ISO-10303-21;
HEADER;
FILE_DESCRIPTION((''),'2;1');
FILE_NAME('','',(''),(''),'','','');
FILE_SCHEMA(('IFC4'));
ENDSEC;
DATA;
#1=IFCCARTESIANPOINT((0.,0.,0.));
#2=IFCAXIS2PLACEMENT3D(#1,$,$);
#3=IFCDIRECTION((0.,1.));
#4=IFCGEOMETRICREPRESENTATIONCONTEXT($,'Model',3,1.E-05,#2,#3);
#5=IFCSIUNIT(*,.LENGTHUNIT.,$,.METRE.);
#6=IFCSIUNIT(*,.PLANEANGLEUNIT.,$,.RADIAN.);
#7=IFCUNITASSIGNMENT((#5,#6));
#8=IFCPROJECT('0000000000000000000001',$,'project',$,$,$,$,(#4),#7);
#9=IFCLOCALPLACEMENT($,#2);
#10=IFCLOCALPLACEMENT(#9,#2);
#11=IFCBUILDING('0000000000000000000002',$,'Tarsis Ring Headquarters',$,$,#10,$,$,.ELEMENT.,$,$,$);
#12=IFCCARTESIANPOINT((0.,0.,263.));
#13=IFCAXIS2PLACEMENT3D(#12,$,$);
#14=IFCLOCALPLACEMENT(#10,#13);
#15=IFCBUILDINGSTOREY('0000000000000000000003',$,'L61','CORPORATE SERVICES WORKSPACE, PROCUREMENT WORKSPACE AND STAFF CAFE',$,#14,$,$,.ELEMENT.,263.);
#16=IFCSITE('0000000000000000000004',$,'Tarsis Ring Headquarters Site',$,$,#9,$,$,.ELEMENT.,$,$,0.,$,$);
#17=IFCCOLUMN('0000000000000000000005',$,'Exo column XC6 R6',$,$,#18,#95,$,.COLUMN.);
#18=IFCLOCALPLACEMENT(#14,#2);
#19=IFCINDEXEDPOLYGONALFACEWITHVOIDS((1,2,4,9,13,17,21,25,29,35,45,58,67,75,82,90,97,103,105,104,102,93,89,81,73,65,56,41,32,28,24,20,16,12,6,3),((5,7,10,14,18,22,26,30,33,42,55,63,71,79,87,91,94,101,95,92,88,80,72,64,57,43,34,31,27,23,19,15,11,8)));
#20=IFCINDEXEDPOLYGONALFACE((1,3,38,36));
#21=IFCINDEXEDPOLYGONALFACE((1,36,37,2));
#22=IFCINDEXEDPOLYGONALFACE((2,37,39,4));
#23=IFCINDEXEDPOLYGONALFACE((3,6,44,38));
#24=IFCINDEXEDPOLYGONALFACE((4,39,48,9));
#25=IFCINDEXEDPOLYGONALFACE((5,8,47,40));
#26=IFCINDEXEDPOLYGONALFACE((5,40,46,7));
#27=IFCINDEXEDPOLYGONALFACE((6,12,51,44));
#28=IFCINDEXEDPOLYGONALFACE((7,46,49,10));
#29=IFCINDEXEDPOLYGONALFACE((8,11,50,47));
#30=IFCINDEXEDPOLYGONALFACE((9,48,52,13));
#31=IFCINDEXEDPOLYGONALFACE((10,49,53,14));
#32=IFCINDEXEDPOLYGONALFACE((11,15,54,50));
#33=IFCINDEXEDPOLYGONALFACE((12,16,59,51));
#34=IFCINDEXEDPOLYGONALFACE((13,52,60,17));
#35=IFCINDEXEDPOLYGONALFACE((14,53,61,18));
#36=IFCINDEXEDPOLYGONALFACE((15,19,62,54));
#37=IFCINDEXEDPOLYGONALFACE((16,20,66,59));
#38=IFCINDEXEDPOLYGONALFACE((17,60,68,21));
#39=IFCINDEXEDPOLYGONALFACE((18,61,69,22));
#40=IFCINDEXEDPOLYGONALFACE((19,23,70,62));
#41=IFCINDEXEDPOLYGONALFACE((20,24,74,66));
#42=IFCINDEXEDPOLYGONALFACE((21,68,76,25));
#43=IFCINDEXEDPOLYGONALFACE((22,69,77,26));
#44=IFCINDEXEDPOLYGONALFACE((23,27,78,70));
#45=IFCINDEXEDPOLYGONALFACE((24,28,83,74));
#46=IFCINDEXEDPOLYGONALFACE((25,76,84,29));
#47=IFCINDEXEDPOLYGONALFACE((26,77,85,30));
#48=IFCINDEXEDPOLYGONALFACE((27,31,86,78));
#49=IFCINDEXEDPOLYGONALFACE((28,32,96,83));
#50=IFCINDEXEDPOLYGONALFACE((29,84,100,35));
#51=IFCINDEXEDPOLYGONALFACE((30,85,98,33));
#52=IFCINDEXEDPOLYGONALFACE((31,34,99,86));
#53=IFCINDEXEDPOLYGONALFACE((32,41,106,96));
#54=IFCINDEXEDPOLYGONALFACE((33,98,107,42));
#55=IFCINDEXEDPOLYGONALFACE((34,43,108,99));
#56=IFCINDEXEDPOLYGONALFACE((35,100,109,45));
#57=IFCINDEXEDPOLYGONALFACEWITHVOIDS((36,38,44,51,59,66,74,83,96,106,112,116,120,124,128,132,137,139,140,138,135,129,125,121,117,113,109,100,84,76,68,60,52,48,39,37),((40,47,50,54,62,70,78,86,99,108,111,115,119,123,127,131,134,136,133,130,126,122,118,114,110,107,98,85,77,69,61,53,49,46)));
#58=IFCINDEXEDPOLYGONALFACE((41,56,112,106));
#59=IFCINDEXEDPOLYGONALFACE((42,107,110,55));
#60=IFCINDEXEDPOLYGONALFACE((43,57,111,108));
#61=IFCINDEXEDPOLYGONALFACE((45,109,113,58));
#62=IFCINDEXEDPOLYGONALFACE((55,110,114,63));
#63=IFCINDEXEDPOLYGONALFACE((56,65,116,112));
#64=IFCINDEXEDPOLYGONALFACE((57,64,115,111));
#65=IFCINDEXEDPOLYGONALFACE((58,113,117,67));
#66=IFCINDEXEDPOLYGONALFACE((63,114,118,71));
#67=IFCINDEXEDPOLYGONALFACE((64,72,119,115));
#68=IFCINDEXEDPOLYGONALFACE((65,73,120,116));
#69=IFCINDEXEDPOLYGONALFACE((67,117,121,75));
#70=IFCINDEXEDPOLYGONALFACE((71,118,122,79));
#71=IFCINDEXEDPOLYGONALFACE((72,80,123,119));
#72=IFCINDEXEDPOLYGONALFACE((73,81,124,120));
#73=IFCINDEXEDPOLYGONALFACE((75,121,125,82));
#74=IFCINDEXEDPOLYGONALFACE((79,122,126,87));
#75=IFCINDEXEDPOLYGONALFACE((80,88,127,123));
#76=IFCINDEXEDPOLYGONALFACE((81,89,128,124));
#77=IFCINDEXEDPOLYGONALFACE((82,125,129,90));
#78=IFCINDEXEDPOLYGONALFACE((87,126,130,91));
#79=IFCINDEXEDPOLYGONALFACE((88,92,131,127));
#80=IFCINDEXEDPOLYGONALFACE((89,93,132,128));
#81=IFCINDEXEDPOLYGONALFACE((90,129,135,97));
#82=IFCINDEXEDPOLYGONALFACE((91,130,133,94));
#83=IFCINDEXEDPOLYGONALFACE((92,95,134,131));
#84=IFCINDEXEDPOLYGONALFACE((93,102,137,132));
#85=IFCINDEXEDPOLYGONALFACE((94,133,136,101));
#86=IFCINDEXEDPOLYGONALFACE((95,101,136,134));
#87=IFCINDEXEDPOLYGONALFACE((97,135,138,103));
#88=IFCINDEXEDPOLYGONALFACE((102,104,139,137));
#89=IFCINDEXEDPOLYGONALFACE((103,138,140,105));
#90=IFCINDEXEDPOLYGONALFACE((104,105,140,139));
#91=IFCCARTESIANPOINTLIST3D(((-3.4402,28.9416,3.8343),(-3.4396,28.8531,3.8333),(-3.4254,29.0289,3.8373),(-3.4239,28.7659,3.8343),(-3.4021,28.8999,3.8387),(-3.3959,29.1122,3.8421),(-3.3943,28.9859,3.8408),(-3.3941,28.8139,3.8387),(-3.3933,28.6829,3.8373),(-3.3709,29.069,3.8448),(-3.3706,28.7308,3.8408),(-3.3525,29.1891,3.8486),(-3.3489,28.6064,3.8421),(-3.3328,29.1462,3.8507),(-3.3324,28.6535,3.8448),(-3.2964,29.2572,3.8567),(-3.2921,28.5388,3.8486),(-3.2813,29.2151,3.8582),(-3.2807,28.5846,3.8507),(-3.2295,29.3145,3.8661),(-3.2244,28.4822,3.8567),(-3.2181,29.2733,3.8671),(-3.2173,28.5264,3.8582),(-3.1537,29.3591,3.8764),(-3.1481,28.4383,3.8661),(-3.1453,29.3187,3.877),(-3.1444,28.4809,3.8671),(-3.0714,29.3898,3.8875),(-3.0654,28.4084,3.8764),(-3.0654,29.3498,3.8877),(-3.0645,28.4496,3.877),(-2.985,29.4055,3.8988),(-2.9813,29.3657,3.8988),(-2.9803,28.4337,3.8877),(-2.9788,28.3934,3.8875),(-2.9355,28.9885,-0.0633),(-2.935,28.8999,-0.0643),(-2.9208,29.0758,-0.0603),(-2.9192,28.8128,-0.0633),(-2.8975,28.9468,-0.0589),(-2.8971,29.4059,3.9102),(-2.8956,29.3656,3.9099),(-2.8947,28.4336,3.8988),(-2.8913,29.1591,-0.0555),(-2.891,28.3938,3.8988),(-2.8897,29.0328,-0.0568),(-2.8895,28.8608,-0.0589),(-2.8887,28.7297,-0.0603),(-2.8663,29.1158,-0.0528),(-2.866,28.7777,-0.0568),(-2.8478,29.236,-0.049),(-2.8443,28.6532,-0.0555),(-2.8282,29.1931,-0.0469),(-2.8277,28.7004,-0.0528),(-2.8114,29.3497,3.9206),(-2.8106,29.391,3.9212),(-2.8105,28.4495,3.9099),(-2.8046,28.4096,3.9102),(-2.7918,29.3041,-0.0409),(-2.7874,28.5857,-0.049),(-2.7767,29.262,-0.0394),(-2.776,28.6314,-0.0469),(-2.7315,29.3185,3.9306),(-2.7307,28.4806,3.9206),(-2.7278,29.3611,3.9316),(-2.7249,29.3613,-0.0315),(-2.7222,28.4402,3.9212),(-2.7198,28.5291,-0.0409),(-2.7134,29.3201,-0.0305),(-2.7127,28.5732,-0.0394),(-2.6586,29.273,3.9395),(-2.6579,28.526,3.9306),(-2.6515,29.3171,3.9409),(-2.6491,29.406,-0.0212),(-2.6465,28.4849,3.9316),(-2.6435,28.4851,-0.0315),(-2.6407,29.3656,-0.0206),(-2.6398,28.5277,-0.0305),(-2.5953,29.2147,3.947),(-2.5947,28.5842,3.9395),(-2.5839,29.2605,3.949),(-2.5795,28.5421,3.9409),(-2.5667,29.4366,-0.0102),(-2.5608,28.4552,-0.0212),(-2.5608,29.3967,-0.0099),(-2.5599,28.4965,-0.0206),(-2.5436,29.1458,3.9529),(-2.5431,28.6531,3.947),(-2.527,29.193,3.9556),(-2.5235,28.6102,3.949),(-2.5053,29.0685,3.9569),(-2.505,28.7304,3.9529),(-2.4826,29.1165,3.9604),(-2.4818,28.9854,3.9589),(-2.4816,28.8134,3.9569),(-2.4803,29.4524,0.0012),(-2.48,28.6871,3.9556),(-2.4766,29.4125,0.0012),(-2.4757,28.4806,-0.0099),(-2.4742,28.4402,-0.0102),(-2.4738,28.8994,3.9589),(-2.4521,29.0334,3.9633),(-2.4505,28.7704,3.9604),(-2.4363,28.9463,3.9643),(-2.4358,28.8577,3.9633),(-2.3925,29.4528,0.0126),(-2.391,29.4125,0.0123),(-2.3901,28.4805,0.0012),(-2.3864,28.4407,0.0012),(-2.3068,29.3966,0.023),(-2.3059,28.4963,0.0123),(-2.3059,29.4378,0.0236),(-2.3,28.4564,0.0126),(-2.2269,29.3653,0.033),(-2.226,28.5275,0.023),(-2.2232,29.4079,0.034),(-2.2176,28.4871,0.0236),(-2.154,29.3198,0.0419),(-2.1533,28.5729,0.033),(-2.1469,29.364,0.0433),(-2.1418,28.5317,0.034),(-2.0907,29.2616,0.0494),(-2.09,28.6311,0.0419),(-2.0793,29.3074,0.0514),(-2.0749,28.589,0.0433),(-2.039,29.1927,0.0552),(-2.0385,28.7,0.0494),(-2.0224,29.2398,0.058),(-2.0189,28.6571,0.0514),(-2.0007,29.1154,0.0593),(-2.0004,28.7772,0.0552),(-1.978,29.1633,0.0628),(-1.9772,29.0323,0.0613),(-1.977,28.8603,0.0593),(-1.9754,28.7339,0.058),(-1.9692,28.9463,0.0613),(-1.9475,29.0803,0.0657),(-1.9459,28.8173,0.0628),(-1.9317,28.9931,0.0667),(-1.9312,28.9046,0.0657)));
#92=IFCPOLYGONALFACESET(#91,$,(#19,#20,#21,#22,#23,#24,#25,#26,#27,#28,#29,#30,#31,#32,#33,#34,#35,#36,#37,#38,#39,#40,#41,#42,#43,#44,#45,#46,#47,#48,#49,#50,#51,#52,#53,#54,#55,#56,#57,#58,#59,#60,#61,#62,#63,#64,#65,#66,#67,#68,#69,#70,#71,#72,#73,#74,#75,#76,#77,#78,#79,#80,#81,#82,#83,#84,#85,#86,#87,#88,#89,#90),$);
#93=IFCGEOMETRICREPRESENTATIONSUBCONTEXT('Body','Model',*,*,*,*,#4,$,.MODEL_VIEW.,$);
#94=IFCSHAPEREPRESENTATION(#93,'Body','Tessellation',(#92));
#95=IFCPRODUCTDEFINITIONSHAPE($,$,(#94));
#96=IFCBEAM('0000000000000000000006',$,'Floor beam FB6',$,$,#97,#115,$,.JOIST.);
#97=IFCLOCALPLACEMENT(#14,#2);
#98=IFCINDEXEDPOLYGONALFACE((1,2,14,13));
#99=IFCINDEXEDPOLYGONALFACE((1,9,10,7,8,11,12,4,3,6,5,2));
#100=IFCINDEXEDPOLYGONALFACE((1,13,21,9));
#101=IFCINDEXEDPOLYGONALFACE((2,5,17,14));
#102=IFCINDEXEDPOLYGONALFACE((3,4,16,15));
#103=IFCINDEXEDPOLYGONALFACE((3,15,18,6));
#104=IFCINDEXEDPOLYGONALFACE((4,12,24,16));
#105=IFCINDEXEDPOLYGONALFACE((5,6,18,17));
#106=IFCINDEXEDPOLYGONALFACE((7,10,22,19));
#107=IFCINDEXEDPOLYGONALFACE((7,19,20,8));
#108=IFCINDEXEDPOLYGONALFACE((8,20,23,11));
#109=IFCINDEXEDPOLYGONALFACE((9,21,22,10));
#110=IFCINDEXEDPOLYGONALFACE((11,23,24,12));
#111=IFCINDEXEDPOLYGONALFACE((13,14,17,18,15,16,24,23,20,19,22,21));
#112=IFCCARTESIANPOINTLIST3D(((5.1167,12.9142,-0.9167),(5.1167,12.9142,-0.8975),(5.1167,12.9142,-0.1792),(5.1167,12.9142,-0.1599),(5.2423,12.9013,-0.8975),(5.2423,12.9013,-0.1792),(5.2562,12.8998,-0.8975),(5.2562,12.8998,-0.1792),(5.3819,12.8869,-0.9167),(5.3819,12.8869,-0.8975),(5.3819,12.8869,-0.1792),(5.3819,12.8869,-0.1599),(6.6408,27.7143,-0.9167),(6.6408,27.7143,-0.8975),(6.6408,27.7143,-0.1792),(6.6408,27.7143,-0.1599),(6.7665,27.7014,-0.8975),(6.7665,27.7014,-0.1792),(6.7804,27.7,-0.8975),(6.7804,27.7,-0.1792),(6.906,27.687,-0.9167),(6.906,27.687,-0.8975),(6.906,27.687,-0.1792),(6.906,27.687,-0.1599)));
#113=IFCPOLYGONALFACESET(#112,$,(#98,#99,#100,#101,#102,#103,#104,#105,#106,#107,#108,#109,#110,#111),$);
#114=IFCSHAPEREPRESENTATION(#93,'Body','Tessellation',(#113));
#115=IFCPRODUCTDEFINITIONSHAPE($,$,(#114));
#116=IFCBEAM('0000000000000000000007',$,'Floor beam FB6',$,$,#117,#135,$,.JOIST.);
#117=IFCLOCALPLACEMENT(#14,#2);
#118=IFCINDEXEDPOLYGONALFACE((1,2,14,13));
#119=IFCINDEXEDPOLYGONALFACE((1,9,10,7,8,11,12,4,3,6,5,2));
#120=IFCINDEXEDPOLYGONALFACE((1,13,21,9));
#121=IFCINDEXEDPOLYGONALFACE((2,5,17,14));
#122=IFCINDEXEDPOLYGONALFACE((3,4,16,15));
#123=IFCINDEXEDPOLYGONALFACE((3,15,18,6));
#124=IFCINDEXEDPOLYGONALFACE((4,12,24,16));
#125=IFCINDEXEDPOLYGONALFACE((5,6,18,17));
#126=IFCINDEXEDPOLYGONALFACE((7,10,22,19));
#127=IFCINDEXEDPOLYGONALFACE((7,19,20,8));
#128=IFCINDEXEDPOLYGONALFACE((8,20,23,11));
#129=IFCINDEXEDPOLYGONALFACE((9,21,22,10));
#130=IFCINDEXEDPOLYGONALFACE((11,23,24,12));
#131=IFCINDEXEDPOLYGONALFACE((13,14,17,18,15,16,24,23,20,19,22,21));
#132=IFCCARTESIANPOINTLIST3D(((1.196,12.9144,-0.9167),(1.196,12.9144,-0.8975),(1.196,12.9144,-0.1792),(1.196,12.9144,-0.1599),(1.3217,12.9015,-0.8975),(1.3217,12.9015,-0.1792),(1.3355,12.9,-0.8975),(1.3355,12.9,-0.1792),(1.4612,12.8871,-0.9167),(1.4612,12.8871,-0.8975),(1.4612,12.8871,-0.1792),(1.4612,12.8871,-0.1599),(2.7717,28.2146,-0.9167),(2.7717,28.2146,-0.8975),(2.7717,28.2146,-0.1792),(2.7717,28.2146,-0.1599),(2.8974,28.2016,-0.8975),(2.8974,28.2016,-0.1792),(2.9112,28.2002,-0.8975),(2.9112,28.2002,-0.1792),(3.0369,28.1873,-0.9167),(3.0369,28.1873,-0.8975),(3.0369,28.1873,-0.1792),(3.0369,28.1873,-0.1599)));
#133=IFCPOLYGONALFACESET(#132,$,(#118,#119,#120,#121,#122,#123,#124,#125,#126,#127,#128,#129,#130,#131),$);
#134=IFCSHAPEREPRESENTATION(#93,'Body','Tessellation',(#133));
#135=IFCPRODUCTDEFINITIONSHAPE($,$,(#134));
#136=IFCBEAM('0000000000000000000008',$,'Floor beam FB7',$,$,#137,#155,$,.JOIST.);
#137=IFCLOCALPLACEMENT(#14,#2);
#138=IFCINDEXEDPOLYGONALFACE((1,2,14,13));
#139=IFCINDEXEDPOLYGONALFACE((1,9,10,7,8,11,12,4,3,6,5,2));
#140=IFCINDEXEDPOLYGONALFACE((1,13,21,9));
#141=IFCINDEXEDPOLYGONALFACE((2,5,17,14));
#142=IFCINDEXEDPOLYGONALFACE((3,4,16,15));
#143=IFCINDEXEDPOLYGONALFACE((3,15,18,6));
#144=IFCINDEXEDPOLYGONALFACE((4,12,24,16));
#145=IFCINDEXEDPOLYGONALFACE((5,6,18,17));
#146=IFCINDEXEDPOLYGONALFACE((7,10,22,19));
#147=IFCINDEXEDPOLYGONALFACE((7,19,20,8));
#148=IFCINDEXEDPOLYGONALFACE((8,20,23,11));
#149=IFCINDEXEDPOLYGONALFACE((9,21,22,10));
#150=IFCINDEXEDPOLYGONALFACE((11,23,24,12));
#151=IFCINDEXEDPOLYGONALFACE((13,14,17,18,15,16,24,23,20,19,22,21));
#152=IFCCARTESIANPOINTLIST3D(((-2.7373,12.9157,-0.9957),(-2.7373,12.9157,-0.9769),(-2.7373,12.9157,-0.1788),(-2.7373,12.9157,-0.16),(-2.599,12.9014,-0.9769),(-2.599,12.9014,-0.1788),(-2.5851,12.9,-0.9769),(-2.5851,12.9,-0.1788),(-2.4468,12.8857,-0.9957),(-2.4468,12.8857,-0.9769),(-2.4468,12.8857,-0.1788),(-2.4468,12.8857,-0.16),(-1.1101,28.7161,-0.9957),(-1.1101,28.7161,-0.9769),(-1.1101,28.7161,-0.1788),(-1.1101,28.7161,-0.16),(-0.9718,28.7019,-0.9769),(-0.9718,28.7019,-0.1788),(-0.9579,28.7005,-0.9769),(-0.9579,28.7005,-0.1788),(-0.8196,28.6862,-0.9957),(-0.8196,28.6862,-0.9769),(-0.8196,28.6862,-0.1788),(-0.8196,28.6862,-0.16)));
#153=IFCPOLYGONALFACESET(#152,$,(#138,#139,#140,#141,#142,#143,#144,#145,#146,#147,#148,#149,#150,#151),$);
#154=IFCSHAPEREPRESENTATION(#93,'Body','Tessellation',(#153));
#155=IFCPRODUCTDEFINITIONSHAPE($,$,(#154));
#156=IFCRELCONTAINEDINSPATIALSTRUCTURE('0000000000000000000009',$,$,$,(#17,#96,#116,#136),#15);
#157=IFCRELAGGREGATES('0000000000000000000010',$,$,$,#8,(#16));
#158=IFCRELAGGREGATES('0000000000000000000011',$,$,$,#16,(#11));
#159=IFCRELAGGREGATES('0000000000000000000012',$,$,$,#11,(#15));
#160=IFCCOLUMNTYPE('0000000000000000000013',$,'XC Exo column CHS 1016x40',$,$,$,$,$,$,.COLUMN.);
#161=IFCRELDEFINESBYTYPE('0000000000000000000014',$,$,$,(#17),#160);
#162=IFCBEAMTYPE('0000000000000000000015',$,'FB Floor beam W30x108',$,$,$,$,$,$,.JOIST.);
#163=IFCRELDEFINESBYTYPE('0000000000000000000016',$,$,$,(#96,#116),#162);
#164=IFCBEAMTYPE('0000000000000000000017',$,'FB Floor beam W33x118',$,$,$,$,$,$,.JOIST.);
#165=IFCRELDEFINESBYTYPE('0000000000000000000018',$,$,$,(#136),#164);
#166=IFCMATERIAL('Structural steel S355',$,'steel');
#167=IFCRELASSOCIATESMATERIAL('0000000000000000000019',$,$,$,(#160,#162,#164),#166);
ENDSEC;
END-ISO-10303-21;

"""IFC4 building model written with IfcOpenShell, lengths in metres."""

from ifc_helpers import new_model, si_unit, direction, frame, origin, origin_2d, place, context, subcontext, project, spatial, hollow_circle, i_section, extrude, material, material_profile, profile_set, type_object, element, save


model = new_model("IFC4")

# Units and contexts
model_context = context("Model", 3, precision=1e-05, world=origin(), true_north=direction((0.0, 1.0)))
body_context = subcontext(model_context, "Body", "Model", "MODEL_VIEW")
ifc_project = project(units=[si_unit("LENGTHUNIT", "METRE"), si_unit("PLANEANGLEUNIT", "RADIAN")], contexts=[model_context])

# Site, building, storey
site_placement = place(None, origin())
site = spatial("IfcSite", under=ifc_project, at=site_placement, Name="Tarsis Ring Headquarters Site", CompositionType="ELEMENT", RefElevation=0.0)
building_placement = place(site_placement, origin())
building = spatial("IfcBuilding", under=site, at=building_placement, Name="Tarsis Ring Headquarters", CompositionType="ELEMENT")
storey_placement = place(building_placement, frame((0.0, 0.0, 263.0)))
storey = spatial("IfcBuildingStorey", under=building, at=storey_placement, Name="L61", Description="CORPORATE SERVICES WORKSPACE, PROCUREMENT WORKSPACE AND STAFF CAFE", CompositionType="ELEMENT", Elevation=263.0)

# Column
ifc_material_1 = material(Name="Structural steel S355", Category="steel")
ifc_material_profile_1 = material_profile(ifc_material_1, hollow_circle(Radius=0.5081, WallThickness=0.04, at=origin_2d()), Name="CHS 1016x40")
ifc_profile_set_1 = profile_set([ifc_material_profile_1], Name="Structural steel S355")
column_type = type_object("IfcColumnType", Name="XC Exo column CHS 1016x40", PredefinedType="COLUMN", material=ifc_profile_set_1)
column_placement = place(storey_placement, frame((-2.4333, 28.9465, 0.0012), z_axis=(-0.12839, -0.011926, 0.991652), x_axis=(0.09249, -0.995714, 0.0)))
element("IfcColumn", 1, at=column_placement, inside=storey, type_object=column_type, Name="Exo column XC6 R6", PredefinedType="COLUMN", context=body_context, shape_type="SweptSolid", body=[
    extrude(hollow_circle(Radius=0.5081, WallThickness=0.04, at=origin_2d()), origin(), (0.0, 0.0, 1.0), 3.9304),
])

# Beams
ifc_material_profile_2 = material_profile(ifc_material_1, i_section(OverallWidth=0.2666, OverallDepth=0.7568, WebThickness=0.0139, FlangeThickness=0.0193, at=origin_2d()), Name="W30x108")
ifc_profile_set_2 = profile_set([ifc_material_profile_2], Name="Structural steel S355")
beam_type_1 = type_object("IfcBeamType", Name="FB Floor beam W30x108", PredefinedType="JOIST", material=ifc_profile_set_2)
beam_1_placement = place(storey_placement, frame((6.7734, 27.7007, -0.5383), z_axis=(-0.102442, -0.994739, 0.0), x_axis=(0.994739, -0.102442, 0.0)))
element("IfcBeam", 2, at=beam_1_placement, inside=storey, type_object=beam_type_1, Name="Floor beam FB6", PredefinedType="JOIST", context=body_context, shape_type="SweptSolid", body=[
    extrude(i_section(OverallWidth=0.2666, OverallDepth=0.7568, WebThickness=0.0139, FlangeThickness=0.0193, at=origin_2d()), origin(), (0.0, 0.0, 1.0), 14.8784),
])
beam_2_placement = place(storey_placement, frame((2.9043, 28.2009, -0.5383), z_axis=(-0.102442, -0.994739, 0.0), x_axis=(0.994739, -0.102442, 0.0)))
element("IfcBeam", 3, at=beam_2_placement, inside=storey, type_object=beam_type_1, Name="Floor beam FB6", PredefinedType="JOIST", context=body_context, shape_type="SweptSolid", body=[
    extrude(i_section(OverallWidth=0.2666, OverallDepth=0.7568, WebThickness=0.0139, FlangeThickness=0.0193, at=origin_2d()), origin(), (0.0, 0.0, 1.0), 15.3811),
])
ifc_material_profile_3 = material_profile(ifc_material_1, i_section(OverallWidth=0.292, OverallDepth=0.8357, WebThickness=0.0139, FlangeThickness=0.0188, at=origin_2d()), Name="W33x118")
ifc_profile_set_3 = profile_set([ifc_material_profile_3], Name="Structural steel S355")
beam_type_2 = type_object("IfcBeamType", Name="FB Floor beam W33x118", PredefinedType="JOIST", material=ifc_profile_set_3)
beam_3_placement = place(storey_placement, frame((-0.9648, 28.7012, -0.5779), z_axis=(-0.102442, -0.994739, 0.0), x_axis=(0.994739, -0.102442, 0.0)))
element("IfcBeam", 4, at=beam_3_placement, inside=storey, type_object=beam_type_2, Name="Floor beam FB7", PredefinedType="JOIST", context=body_context, shape_type="SweptSolid", body=[
    extrude(i_section(OverallWidth=0.292, OverallDepth=0.8357, WebThickness=0.0139, FlangeThickness=0.0188, at=origin_2d()), origin(), (0.0, 0.0, 1.0), 15.884),
])

save(model, "model.ifc")
